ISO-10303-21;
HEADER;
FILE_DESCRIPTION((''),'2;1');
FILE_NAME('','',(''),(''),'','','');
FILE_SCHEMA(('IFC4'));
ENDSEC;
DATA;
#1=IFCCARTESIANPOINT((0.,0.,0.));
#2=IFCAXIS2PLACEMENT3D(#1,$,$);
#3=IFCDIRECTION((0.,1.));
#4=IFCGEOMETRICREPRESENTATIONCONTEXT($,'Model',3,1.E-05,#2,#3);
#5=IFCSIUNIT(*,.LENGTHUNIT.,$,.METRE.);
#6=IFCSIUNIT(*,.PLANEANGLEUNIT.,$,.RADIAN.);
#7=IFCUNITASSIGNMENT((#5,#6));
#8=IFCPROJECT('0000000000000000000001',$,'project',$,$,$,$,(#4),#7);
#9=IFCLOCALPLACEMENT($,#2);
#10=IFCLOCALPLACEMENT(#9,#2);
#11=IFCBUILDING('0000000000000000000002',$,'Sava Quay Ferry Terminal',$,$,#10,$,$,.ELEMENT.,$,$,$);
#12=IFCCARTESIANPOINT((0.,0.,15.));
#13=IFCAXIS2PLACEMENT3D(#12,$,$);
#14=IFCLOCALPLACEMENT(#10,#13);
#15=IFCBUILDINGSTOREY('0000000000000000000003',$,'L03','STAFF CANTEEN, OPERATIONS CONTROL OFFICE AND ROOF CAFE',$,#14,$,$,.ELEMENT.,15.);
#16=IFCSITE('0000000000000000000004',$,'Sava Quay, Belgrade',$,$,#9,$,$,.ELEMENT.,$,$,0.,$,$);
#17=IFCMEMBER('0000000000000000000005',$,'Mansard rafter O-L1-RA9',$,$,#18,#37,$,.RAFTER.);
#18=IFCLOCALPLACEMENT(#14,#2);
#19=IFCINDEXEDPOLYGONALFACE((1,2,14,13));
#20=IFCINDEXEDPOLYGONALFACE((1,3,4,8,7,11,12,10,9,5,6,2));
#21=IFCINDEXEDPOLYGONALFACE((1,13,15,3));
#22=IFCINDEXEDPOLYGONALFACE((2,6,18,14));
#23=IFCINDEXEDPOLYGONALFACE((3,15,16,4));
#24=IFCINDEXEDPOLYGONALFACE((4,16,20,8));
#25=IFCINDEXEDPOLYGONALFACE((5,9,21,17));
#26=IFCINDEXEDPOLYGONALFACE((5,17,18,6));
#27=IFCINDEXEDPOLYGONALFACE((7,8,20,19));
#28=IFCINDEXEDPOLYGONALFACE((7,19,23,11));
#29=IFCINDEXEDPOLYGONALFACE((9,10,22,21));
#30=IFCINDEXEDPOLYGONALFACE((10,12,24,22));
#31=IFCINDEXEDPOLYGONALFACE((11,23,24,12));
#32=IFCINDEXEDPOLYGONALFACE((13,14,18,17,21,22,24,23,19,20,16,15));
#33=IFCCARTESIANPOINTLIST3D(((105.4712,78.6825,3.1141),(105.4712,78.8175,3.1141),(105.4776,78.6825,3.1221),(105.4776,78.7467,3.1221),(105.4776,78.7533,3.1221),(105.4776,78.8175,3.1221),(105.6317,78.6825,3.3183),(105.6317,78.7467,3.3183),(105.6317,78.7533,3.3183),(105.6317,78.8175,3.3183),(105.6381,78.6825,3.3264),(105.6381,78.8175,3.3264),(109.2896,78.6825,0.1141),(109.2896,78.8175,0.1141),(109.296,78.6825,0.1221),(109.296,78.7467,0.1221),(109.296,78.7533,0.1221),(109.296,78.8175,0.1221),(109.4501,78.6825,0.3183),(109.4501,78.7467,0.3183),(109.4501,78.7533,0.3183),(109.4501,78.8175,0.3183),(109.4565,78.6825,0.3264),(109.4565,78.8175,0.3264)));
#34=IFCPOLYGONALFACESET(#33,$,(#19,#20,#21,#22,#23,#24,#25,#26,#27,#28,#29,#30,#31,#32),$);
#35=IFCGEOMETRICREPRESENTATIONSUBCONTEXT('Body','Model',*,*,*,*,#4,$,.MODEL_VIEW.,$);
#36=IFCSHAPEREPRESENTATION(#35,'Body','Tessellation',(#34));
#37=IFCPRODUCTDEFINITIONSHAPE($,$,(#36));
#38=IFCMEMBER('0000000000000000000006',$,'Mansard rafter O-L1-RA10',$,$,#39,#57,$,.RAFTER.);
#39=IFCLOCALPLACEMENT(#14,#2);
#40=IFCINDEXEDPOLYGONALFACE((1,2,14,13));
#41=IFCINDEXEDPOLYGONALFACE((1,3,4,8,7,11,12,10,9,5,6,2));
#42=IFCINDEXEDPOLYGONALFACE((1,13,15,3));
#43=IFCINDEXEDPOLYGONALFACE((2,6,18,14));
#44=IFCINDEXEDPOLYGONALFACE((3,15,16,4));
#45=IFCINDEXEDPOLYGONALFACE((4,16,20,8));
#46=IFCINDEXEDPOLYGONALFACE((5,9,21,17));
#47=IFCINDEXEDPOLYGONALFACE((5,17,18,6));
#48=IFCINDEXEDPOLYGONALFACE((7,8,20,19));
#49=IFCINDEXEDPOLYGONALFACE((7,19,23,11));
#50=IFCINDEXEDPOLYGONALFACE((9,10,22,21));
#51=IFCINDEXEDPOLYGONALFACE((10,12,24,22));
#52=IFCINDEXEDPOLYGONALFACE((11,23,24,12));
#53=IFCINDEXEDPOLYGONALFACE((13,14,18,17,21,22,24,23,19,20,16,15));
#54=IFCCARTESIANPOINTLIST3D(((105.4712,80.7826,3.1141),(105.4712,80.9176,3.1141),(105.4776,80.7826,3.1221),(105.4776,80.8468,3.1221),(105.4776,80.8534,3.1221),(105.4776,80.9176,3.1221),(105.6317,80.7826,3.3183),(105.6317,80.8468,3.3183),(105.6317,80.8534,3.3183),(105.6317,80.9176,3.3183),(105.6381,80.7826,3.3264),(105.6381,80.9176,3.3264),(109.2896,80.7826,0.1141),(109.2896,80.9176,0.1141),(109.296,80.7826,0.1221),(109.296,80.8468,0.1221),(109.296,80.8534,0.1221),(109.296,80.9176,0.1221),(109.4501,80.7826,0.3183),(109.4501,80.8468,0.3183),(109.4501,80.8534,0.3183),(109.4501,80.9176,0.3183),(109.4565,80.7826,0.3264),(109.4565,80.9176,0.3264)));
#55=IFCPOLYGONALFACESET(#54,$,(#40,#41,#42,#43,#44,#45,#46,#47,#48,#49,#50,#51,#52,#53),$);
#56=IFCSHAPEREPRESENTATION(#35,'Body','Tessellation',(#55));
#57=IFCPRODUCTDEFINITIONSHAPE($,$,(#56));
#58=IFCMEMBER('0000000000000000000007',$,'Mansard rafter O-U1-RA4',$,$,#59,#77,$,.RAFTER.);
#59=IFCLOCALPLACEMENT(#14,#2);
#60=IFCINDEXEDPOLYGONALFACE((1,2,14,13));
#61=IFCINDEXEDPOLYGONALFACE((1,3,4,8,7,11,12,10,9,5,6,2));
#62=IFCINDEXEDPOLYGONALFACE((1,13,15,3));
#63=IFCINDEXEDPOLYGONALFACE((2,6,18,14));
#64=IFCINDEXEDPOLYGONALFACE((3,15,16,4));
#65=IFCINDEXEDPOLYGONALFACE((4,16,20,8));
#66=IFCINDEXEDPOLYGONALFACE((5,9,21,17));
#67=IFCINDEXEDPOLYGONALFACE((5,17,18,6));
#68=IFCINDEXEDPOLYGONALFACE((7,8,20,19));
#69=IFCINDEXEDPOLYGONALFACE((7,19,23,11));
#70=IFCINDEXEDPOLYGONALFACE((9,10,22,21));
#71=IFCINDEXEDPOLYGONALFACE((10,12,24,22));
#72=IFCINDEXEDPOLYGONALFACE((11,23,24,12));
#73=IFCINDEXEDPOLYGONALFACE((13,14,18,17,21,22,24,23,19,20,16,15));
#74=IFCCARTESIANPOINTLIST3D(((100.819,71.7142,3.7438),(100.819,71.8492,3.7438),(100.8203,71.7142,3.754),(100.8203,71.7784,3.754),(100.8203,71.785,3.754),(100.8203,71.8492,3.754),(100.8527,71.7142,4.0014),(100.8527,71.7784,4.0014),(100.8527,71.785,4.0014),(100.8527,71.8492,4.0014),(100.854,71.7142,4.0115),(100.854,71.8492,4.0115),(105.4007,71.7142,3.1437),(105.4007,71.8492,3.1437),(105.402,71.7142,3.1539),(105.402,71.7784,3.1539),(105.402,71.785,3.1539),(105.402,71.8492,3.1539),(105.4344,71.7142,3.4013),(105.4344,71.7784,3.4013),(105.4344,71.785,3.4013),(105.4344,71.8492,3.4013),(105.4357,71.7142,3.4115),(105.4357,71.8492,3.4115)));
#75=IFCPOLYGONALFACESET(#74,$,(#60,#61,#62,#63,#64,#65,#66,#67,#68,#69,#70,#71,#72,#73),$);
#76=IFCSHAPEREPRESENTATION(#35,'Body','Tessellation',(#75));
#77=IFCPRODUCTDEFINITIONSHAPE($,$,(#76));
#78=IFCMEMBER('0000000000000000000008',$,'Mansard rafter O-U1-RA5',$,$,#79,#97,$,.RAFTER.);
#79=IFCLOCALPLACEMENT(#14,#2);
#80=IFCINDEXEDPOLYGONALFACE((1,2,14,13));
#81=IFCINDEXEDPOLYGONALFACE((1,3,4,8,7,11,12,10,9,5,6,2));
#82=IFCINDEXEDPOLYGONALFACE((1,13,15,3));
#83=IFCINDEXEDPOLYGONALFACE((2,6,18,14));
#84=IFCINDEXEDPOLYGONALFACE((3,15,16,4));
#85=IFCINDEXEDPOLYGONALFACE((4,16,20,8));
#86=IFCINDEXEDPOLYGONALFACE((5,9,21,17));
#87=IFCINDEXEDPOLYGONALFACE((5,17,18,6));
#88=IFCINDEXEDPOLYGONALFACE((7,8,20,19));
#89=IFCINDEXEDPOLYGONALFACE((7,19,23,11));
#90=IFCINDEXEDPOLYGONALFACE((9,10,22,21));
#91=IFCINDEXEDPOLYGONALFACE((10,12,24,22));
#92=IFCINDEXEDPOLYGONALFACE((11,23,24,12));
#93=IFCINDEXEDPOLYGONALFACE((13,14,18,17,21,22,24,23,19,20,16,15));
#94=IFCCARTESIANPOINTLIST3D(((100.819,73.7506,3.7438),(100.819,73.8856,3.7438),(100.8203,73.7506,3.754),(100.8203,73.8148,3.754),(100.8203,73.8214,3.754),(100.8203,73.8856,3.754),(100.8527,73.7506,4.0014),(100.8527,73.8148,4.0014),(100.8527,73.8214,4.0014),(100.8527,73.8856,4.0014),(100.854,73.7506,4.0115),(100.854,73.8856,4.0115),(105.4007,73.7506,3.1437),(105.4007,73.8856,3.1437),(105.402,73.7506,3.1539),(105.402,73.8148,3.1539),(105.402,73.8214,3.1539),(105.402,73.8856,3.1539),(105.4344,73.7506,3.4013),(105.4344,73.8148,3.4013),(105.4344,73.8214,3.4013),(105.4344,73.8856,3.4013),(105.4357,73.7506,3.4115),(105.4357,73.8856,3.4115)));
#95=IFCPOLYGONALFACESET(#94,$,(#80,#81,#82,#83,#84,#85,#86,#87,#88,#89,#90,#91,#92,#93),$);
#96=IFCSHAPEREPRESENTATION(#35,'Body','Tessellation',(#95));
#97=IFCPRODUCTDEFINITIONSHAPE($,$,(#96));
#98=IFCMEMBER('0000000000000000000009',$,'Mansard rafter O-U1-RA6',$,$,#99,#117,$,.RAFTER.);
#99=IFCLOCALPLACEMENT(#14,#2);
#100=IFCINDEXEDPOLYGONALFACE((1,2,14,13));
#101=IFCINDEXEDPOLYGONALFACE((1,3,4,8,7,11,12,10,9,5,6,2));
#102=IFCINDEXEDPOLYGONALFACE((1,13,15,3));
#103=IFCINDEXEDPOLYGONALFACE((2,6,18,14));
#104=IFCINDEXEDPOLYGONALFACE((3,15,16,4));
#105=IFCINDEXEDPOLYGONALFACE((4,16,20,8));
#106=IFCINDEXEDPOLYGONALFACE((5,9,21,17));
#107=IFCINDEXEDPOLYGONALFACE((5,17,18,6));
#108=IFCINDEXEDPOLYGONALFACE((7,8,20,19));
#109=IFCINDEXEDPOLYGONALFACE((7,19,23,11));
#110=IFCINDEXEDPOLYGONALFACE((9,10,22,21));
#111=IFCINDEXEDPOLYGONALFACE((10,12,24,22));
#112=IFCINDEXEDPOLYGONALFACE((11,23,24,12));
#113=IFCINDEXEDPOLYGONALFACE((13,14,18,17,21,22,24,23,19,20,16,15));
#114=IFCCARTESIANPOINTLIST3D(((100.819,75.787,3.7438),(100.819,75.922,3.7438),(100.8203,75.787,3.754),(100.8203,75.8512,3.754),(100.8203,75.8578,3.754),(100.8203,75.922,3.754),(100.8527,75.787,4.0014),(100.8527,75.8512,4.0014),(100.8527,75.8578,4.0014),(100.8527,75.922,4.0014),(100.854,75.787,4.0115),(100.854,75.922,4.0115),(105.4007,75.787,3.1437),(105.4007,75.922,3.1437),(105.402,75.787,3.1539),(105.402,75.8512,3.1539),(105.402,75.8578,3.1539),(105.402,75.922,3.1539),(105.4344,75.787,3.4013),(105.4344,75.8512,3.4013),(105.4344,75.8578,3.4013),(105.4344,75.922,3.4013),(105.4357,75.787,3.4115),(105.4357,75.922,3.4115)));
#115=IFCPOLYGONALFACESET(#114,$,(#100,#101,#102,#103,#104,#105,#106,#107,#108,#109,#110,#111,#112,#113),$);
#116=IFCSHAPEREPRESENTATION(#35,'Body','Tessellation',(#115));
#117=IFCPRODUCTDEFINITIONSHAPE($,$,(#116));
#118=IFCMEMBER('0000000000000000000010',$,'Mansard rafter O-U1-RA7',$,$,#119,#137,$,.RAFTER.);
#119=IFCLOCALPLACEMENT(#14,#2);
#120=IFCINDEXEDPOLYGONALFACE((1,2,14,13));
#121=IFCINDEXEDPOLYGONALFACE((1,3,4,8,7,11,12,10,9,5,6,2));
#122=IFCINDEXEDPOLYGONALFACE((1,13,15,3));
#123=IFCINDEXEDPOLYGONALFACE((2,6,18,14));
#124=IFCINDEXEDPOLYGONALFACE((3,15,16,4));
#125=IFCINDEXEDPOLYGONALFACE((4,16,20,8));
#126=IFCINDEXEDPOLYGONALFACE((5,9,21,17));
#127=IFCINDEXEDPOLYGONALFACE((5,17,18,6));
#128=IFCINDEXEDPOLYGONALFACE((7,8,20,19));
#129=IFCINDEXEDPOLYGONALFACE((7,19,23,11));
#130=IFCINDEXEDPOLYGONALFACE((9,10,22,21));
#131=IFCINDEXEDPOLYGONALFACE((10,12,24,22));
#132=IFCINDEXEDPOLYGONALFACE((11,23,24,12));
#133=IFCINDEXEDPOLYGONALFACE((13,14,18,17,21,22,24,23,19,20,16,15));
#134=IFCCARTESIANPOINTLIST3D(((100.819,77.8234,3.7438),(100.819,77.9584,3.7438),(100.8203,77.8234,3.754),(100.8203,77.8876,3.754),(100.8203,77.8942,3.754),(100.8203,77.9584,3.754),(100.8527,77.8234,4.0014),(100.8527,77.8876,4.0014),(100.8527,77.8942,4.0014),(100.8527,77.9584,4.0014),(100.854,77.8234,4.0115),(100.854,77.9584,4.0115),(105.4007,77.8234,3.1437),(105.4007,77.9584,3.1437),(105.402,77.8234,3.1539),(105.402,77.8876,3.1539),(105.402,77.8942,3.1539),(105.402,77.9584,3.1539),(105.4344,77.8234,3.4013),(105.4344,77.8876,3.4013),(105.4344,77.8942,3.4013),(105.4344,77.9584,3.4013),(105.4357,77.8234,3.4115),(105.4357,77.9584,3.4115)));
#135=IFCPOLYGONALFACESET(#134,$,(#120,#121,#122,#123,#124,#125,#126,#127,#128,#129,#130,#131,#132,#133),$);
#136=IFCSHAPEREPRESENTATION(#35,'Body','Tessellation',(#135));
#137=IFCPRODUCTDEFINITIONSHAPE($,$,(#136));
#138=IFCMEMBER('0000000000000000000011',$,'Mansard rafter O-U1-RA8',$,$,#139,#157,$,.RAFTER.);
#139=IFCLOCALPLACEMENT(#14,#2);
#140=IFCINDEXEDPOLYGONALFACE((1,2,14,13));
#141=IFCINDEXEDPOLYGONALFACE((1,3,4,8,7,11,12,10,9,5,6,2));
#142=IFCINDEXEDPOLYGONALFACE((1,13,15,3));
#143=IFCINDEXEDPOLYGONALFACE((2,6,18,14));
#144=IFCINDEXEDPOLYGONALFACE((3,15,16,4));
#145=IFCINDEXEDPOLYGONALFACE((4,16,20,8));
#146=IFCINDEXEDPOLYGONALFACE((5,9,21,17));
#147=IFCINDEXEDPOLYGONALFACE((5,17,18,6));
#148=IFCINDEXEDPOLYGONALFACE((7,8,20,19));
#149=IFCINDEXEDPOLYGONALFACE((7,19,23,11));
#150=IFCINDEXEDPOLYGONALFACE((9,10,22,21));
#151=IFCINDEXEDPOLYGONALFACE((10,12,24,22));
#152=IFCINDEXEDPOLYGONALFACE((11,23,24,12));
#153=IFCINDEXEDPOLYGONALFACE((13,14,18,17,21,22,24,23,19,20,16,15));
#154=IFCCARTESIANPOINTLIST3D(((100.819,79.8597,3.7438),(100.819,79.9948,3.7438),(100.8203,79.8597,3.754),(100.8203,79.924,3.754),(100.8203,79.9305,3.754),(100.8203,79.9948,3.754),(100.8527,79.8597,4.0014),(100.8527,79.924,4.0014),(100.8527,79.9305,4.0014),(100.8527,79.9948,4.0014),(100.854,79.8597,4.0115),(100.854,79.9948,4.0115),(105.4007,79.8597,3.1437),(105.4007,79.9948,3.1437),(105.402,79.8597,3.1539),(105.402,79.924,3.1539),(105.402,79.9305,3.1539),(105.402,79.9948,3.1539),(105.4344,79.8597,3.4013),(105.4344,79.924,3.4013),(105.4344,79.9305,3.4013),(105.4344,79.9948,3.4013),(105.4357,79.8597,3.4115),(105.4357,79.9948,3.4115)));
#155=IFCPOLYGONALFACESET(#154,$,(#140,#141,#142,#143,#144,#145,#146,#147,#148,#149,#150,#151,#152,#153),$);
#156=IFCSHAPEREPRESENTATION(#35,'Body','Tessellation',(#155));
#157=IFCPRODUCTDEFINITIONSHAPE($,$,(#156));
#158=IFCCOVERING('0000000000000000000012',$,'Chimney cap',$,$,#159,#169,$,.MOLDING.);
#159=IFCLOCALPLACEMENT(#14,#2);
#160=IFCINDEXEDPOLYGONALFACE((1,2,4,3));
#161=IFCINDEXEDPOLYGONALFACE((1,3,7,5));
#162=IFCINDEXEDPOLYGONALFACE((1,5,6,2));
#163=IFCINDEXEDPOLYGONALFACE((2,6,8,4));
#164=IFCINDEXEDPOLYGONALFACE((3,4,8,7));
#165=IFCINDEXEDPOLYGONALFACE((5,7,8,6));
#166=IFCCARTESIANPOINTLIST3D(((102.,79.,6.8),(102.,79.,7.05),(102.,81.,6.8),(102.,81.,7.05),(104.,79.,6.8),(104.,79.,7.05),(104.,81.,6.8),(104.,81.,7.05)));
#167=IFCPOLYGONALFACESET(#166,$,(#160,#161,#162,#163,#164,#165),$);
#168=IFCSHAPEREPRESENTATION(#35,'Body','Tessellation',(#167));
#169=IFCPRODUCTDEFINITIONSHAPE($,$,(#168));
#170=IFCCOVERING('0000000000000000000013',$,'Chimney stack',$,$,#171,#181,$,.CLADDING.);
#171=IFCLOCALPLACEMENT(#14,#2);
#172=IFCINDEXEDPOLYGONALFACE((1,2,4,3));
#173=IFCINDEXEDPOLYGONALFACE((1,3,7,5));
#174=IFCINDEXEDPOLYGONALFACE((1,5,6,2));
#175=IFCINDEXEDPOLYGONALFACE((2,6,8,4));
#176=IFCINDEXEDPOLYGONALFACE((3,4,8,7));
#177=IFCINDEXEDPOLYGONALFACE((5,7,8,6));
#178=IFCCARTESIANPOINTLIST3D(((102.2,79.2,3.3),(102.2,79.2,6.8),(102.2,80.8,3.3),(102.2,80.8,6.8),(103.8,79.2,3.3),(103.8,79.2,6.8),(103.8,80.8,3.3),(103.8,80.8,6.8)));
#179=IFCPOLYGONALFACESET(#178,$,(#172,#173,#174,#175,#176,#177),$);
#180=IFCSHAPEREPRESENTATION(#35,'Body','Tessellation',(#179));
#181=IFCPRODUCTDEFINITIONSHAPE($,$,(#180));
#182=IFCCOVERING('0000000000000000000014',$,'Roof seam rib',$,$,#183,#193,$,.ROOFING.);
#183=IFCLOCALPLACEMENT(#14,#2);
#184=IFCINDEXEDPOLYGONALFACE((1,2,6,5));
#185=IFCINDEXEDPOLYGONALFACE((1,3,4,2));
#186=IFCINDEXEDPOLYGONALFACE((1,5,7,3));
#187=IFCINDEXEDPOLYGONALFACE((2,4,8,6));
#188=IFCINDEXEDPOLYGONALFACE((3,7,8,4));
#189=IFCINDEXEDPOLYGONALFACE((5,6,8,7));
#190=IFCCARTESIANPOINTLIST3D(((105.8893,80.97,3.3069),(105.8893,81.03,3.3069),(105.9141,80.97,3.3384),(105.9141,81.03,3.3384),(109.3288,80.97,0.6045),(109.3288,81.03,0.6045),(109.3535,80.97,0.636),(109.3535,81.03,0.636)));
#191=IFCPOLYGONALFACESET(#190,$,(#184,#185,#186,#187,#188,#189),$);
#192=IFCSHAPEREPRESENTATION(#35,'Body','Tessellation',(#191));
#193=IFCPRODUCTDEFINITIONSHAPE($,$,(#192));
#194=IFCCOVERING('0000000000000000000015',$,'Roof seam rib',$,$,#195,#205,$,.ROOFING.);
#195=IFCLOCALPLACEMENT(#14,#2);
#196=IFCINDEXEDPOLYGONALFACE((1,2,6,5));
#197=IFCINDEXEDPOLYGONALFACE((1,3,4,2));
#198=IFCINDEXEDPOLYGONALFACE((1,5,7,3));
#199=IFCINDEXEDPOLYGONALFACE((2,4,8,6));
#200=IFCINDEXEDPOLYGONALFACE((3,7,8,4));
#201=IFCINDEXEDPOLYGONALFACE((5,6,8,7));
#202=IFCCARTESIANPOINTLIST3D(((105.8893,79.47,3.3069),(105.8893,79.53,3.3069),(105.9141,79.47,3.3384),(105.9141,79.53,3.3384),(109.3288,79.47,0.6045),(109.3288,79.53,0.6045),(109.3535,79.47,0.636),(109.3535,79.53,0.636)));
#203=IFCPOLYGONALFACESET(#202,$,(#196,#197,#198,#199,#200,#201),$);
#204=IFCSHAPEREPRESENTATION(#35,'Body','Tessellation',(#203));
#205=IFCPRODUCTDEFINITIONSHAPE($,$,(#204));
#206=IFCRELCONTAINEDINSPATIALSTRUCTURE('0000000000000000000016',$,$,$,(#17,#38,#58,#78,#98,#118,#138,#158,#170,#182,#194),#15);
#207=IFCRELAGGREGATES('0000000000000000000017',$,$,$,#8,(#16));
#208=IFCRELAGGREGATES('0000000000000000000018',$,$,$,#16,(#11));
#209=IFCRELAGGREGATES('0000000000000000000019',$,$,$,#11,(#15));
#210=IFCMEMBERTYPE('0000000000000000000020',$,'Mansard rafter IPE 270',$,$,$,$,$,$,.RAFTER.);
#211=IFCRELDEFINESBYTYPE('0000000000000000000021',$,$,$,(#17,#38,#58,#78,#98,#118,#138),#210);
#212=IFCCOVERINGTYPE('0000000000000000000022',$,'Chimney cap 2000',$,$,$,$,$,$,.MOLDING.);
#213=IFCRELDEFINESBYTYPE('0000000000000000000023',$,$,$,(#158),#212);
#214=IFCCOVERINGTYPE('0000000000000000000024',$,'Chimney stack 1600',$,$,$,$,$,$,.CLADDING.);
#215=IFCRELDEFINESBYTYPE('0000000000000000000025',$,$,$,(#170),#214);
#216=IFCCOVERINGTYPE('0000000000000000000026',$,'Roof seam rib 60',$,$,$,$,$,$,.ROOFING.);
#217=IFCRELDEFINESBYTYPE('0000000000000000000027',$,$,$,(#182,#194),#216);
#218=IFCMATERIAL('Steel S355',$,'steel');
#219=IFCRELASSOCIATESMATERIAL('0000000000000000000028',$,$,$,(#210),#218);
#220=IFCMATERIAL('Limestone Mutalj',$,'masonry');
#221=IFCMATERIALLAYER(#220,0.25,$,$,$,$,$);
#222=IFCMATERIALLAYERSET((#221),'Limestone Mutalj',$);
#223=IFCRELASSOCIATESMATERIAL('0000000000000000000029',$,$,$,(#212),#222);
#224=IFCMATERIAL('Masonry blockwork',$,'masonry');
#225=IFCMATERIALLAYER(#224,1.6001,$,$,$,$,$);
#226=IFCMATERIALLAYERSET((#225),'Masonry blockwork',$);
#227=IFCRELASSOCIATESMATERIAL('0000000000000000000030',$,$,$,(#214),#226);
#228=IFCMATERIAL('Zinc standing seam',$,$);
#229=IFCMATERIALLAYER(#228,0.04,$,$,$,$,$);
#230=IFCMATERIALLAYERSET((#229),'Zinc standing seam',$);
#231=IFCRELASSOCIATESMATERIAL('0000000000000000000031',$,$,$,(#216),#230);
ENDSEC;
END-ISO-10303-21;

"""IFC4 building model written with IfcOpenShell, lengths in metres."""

from ifc_helpers import new_model, si_unit, direction, frame, origin, origin_2d, place, context, subcontext, project, spatial, polyline, rectangle, i_section, outline, extrude, material, layer, layer_set, material_profile, profile_set, type_object, element, save


model = new_model("IFC4")

# Units and contexts
model_context = context("Model", 3, precision=1e-05, world=origin(), true_north=direction((0.0, 1.0)))
body_context = subcontext(model_context, "Body", "Model", "MODEL_VIEW")
ifc_project = project(units=[si_unit("LENGTHUNIT", "METRE"), si_unit("PLANEANGLEUNIT", "RADIAN")], contexts=[model_context])

# Site, building, storey
site_placement = place(None, origin())
site = spatial("IfcSite", under=ifc_project, at=site_placement, Name="Sava Quay, Belgrade", CompositionType="ELEMENT", RefElevation=0.0)
building_placement = place(site_placement, origin())
building = spatial("IfcBuilding", under=site, at=building_placement, Name="Sava Quay Ferry Terminal", CompositionType="ELEMENT")
storey_placement = place(building_placement, frame((0.0, 0.0, 15.0)))
storey = spatial("IfcBuildingStorey", under=building, at=storey_placement, Name="L03", Description="STAFF CANTEEN, OPERATIONS CONTROL OFFICE AND ROOF CAFE", CompositionType="ELEMENT", Elevation=15.0)

# Members
ifc_material_1 = material(Name="Steel S355", Category="steel")
ifc_material_profile_1 = material_profile(ifc_material_1, i_section(OverallWidth=0.135, OverallDepth=0.27, WebThickness=0.0066, FlangeThickness=0.0103, at=origin_2d()), Name="IPE 270")
ifc_profile_set_1 = profile_set([ifc_material_profile_1], Name="Steel S355")
member_type = type_object("IfcMemberType", Name="Mansard rafter IPE 270", PredefinedType="RAFTER", material=ifc_profile_set_1)
for number, where, z_axis, x_axis, name in (
    (1, (109.373, 78.75, 0.2202), (-0.786332, 0.0, 0.617804), (0.0, -1.0, 0.0), "Mansard rafter O-L1-RA9"),
    (2, (109.373, 80.8501, 0.2202), (-0.786332, 0.0, 0.617804), (0.0, -1.0, 0.0), "Mansard rafter O-L1-RA10"),
):
    element("IfcMember", number, at=place(storey_placement, frame(where, z_axis=z_axis, x_axis=x_axis)), inside=storey, type_object=member_type, Name=name, PredefinedType="RAFTER", context=body_context, shape_type="SweptSolid", body=[
        extrude(i_section(OverallWidth=0.135, OverallDepth=0.27, WebThickness=0.0066, FlangeThickness=0.0103, at=origin_2d()), origin(), (0.0, 0.0, 1.0), 4.856),
    ])
for number, where, z_axis, x_axis, name in (
    (3, (105.4182, 71.7817, 3.2776), (-0.991532, 0.0, 0.129865), (0.0, -1.0, 0.0), "Mansard rafter O-U1-RA4"),
    (4, (105.4182, 73.8181, 3.2776), (-0.991532, 0.0, 0.129865), (0.0, -1.0, 0.0), "Mansard rafter O-U1-RA5"),
    (5, (105.4182, 75.8545, 3.2776), (-0.991532, 0.0, 0.129865), (0.0, -1.0, 0.0), "Mansard rafter O-U1-RA6"),
    (6, (105.4182, 77.8909, 3.2776), (-0.991532, 0.0, 0.129865), (0.0, -1.0, 0.0), "Mansard rafter O-U1-RA7"),
    (7, (105.4182, 79.9272, 3.2776), (-0.991532, 0.0, 0.129865), (0.0, -1.0, 0.0), "Mansard rafter O-U1-RA8"),
):
    element("IfcMember", number, at=place(storey_placement, frame(where, z_axis=z_axis, x_axis=x_axis)), inside=storey, type_object=member_type, Name=name, PredefinedType="RAFTER", context=body_context, shape_type="SweptSolid", body=[
        extrude(i_section(OverallWidth=0.135, OverallDepth=0.27, WebThickness=0.0066, FlangeThickness=0.0103, at=origin_2d()), origin(), (0.0, 0.0, 1.0), 4.6208),
    ])

# Coverings
ifc_material_2 = material(Name="Limestone Mutalj", Category="masonry")
ifc_layer_1 = layer(ifc_material_2, 0.25)
ifc_layer_set_1 = layer_set([ifc_layer_1], Name="Limestone Mutalj")
covering_type_1 = type_object("IfcCoveringType", Name="Chimney cap 2000", PredefinedType="MOLDING", material=ifc_layer_set_1)
covering_1_placement = place(storey_placement, frame((103.0, 80.0, 6.8), z_axis=(0.0, 0.0, 1.0), x_axis=(1.0, 0.0, 0.0)))
element("IfcCovering", 8, at=covering_1_placement, inside=storey, type_object=covering_type_1, Name="Chimney cap", PredefinedType="MOLDING", context=body_context, shape_type="SweptSolid", body=[
    extrude(rectangle(XDim=2.0, YDim=2.0, at=origin_2d()), origin(), (0.0, 0.0, 1.0), 0.25),
])
ifc_material_3 = material(Name="Masonry blockwork", Category="masonry")
ifc_layer_2 = layer(ifc_material_3, 1.6001)
ifc_layer_set_2 = layer_set([ifc_layer_2], Name="Masonry blockwork")
covering_type_2 = type_object("IfcCoveringType", Name="Chimney stack 1600", PredefinedType="CLADDING", material=ifc_layer_set_2)
covering_2_placement = place(storey_placement, frame((103.0, 80.0, 3.3), z_axis=(0.0, 0.0, 1.0), x_axis=(1.0, 0.0, 0.0)))
element("IfcCovering", 9, at=covering_2_placement, inside=storey, type_object=covering_type_2, Name="Chimney stack", PredefinedType="CLADDING", context=body_context, shape_type="SweptSolid", body=[
    extrude(rectangle(XDim=1.6001, YDim=1.6001, at=origin_2d()), origin(), (0.0, 0.0, 1.0), 3.5),
])
ifc_material_4 = material(Name="Zinc standing seam")
ifc_layer_3 = layer(ifc_material_4, 0.04)
ifc_layer_set_3 = layer_set([ifc_layer_3], Name="Zinc standing seam")
covering_type_3 = type_object("IfcCoveringType", Name="Roof seam rib 60", PredefinedType="ROOFING", material=ifc_layer_set_3)
for number, where, z_axis, x_axis, name in (
    (10, (109.3535, 80.97, 0.636), (0.617817, 0.0, 0.786322), (-0.786322, 0.0, 0.617817), "Roof seam rib"),
    (11, (109.3535, 79.47, 0.636), (0.617817, 0.0, 0.786322), (-0.786322, 0.0, 0.617817), "Roof seam rib"),
):
    element("IfcCovering", number, at=place(storey_placement, frame(where, z_axis=z_axis, x_axis=x_axis)), inside=storey, type_object=covering_type_3, Name=name, PredefinedType="ROOFING", context=body_context, shape_type="SweptSolid", body=[
        extrude(outline(polyline([(0.0, 0.0), (4.3741, 0.0), (4.3741, -0.0601), (0.0, -0.0601), (0.0, 0.0)])), origin(), (0.0, 0.0, -1.0), 0.04),
    ])

save(model, "model.ifc")
